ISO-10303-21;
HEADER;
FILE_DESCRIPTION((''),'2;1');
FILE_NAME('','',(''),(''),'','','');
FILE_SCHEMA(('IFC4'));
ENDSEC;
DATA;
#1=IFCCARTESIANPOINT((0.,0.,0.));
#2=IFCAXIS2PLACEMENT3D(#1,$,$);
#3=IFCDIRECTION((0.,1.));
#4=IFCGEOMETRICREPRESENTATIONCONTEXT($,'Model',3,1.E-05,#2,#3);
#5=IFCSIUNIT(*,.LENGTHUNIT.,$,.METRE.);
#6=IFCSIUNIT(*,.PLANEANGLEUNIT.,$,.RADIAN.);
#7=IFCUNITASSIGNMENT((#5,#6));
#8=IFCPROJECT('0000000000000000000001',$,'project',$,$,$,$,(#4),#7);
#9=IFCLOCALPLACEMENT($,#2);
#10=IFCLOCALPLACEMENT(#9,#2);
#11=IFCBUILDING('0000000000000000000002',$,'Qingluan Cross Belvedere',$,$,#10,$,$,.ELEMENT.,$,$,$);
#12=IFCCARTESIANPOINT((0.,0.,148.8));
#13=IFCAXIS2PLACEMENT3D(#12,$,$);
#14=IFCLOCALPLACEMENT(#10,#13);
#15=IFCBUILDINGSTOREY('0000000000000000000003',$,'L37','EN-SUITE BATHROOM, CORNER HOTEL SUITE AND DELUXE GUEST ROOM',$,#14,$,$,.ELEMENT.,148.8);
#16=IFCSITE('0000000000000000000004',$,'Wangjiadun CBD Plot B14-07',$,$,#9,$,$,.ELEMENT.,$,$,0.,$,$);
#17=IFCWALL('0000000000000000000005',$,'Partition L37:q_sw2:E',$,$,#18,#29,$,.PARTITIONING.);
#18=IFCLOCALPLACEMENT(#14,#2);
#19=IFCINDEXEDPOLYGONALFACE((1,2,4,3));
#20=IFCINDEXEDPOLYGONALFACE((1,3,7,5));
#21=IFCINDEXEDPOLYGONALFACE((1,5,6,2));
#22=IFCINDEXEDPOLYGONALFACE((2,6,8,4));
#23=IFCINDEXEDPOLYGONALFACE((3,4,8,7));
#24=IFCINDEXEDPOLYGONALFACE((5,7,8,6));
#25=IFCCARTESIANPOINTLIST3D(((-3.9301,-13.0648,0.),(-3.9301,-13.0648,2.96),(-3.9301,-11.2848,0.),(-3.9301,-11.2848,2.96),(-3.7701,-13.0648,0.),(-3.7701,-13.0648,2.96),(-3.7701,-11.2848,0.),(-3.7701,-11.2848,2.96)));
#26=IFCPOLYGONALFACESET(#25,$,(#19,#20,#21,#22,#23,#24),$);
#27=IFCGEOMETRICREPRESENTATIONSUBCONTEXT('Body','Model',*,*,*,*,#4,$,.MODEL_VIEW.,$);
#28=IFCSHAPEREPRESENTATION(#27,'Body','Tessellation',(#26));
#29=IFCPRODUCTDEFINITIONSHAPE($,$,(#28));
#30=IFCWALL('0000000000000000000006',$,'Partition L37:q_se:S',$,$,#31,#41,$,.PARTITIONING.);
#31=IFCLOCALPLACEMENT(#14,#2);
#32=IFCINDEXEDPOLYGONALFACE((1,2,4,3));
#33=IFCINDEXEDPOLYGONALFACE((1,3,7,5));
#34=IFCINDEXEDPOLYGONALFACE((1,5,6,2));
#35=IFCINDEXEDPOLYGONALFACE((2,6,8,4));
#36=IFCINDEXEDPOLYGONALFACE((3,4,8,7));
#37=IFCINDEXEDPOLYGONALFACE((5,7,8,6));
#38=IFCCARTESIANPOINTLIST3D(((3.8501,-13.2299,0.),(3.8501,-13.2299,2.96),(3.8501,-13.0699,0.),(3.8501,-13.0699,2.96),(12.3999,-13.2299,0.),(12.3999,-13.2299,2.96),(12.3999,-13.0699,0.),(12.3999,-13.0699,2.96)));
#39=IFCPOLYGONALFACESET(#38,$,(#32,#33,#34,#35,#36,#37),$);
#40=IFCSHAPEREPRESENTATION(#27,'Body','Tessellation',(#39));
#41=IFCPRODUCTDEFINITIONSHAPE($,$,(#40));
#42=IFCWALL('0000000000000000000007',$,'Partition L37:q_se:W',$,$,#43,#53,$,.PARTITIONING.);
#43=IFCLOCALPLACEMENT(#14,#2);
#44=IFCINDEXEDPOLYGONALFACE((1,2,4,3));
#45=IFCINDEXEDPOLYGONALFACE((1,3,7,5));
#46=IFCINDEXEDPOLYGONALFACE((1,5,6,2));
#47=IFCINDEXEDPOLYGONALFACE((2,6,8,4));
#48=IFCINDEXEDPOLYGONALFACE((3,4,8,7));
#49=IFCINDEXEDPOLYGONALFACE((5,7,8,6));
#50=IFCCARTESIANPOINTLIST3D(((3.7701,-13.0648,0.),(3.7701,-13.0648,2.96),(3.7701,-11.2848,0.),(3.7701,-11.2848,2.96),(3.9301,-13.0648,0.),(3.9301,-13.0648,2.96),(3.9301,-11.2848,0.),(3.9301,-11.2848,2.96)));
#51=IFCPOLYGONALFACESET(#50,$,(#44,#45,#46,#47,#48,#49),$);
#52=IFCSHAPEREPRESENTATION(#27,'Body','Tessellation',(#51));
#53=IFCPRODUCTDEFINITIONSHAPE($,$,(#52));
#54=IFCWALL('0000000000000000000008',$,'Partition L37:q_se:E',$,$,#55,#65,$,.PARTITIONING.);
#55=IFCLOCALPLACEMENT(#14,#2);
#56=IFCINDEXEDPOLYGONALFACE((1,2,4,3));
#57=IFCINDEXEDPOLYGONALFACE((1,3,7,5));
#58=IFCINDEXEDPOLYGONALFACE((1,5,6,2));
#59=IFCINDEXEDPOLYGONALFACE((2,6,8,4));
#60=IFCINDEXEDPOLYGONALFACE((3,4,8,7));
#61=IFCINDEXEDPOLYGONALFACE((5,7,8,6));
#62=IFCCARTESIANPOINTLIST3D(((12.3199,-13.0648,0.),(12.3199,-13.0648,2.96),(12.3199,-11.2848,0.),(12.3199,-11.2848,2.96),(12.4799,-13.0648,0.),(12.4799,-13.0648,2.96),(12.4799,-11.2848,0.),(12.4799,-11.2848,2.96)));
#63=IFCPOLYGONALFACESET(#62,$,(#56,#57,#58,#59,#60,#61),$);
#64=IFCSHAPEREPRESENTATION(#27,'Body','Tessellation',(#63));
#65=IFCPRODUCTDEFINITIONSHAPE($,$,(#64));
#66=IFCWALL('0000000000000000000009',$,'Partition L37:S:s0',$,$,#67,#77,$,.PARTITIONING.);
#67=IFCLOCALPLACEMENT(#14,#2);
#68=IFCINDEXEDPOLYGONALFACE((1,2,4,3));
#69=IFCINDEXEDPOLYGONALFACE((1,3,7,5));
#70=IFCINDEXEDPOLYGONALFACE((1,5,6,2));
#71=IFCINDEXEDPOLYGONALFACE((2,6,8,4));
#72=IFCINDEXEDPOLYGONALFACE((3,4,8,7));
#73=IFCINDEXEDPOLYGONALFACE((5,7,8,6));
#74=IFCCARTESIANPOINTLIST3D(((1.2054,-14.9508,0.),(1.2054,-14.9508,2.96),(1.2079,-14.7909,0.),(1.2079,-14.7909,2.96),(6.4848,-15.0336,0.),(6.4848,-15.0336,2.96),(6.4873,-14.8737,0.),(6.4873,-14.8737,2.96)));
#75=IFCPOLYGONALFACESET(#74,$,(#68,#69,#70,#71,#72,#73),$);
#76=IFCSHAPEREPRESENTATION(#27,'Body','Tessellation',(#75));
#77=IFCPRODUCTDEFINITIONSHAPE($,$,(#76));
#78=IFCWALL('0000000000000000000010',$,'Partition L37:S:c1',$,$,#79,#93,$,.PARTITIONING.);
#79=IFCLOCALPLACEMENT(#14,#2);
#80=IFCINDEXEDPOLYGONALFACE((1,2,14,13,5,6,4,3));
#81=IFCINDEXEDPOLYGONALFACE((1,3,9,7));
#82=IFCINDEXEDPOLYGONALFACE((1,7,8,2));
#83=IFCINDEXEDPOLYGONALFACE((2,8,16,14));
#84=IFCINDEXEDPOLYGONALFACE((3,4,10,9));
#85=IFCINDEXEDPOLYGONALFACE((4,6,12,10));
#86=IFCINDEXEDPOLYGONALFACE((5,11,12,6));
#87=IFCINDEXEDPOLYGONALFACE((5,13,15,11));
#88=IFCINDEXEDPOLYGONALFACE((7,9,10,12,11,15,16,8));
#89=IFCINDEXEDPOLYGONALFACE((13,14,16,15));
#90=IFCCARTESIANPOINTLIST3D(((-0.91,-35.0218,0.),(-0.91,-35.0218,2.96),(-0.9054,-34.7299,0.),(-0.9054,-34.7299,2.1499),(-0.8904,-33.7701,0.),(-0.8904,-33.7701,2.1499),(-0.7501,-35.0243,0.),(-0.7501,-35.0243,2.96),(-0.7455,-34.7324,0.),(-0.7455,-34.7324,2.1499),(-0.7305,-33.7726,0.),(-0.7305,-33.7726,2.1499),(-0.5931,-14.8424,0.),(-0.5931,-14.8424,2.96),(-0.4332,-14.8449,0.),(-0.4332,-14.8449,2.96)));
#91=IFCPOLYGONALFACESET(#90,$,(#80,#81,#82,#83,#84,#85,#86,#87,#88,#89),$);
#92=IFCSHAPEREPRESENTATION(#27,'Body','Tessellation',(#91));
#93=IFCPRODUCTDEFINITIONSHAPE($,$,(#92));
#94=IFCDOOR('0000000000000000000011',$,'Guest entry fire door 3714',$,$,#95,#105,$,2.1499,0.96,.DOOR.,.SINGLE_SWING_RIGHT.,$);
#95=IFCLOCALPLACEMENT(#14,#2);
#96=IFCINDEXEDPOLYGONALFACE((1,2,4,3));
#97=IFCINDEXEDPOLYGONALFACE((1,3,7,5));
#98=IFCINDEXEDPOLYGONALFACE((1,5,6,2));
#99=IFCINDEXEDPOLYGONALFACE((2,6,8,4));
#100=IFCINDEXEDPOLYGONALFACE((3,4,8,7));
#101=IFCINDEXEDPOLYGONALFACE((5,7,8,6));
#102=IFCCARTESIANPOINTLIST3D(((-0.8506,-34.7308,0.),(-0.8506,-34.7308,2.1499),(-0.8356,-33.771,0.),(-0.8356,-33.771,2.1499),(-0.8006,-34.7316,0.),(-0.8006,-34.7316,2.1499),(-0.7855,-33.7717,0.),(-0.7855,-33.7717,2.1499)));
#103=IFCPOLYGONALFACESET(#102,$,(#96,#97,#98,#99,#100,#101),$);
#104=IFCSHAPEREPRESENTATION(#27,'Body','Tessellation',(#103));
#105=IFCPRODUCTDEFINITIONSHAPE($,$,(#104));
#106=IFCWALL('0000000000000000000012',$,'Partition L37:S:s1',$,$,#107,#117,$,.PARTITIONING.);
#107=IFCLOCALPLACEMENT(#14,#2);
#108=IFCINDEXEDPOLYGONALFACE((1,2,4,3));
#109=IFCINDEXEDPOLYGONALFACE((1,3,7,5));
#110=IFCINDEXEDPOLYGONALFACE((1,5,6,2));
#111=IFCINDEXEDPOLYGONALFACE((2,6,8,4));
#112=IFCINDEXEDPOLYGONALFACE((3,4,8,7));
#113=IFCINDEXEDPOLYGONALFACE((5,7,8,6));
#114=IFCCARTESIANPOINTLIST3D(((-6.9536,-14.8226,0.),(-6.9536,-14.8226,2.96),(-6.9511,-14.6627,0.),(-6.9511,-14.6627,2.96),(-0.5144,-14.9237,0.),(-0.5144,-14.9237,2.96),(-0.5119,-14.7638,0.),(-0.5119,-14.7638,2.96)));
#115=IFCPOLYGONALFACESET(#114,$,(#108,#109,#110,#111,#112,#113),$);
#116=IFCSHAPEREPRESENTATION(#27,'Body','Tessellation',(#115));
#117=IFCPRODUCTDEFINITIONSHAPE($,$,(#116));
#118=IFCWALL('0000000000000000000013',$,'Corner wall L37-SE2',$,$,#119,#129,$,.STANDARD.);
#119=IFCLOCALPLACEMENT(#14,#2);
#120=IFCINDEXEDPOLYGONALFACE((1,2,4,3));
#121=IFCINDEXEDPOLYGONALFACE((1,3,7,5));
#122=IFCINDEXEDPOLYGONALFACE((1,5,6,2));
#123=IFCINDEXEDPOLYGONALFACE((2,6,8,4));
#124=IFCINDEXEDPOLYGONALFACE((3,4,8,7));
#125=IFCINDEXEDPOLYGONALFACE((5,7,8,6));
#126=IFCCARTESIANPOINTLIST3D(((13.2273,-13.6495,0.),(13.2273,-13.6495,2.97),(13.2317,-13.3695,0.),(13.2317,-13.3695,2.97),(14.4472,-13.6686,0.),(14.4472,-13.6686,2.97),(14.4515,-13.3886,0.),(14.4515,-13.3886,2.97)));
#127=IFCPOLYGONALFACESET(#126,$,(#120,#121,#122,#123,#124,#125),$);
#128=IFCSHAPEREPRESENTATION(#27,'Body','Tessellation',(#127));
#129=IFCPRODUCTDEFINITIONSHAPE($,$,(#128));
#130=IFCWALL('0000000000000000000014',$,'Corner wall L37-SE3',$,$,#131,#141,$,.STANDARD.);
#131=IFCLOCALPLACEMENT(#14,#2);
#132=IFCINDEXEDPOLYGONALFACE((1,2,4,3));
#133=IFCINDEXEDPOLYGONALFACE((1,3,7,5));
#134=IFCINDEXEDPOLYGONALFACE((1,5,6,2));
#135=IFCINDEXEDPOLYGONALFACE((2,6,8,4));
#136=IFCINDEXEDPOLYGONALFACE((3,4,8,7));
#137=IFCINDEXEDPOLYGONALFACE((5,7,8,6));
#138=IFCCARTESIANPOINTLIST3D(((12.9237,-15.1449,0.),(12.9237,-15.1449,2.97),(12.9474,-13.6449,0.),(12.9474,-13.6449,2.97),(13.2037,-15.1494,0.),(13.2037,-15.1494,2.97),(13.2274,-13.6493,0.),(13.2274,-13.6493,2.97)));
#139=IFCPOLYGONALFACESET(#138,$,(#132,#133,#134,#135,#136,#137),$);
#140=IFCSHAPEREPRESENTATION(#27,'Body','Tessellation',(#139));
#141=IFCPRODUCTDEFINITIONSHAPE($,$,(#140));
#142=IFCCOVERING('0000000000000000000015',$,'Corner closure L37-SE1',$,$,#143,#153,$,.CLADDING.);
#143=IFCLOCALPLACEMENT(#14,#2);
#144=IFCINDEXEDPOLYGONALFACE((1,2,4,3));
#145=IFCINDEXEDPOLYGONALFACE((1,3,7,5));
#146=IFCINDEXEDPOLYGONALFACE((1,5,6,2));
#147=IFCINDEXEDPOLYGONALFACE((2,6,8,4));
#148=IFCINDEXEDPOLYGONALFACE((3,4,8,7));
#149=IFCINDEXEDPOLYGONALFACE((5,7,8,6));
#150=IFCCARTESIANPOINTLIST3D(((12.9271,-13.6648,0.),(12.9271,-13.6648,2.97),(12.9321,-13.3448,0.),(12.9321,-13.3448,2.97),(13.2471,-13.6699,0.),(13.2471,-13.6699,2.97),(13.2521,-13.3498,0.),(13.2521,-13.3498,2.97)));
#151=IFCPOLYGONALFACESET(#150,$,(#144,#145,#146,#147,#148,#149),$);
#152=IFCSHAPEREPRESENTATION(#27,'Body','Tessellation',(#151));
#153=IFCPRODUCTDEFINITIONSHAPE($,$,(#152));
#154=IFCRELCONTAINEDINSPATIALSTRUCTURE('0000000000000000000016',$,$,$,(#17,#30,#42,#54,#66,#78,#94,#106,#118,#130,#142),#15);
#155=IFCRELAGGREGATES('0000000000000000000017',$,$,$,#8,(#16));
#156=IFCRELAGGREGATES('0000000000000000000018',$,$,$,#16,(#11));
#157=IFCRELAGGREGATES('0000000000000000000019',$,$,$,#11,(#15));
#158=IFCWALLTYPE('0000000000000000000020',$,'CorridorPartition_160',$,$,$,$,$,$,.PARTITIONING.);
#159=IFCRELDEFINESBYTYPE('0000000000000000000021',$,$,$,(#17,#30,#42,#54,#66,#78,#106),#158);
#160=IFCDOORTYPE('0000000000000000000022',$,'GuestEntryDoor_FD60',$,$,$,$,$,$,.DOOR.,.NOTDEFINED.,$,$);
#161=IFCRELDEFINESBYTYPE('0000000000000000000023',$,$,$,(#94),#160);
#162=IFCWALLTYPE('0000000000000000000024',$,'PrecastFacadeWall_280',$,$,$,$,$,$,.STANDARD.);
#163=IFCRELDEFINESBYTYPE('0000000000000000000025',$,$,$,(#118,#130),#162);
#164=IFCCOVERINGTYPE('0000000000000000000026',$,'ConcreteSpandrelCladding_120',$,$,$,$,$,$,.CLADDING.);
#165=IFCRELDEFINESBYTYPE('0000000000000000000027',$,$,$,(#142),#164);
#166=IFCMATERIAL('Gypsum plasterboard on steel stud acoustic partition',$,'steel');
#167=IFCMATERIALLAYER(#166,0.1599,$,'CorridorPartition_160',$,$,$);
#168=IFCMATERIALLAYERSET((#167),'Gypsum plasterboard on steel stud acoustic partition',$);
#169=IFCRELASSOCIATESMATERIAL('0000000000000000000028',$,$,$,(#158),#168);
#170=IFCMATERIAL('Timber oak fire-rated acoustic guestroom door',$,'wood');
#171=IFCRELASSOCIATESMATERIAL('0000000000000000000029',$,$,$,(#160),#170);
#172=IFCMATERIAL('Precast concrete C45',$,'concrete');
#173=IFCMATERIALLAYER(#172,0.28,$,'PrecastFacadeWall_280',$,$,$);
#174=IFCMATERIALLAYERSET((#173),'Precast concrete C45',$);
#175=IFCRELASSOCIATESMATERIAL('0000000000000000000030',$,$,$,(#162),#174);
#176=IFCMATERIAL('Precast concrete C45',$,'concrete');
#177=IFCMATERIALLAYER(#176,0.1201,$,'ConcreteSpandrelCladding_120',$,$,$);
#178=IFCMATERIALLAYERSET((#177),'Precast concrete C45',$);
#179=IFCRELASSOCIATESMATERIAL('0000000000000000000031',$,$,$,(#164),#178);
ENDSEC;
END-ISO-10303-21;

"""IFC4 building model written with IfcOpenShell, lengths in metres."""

from ifc_helpers import new_model, si_unit, direction, frame, frame_2d, origin, origin_2d, place, context, subcontext, project, spatial, rectangle, extrude, material, layer, layer_set, type_object, element, fill, save


model = new_model("IFC4")

# Units and contexts
model_context = context("Model", 3, precision=1e-05, world=origin(), true_north=direction((0.0, 1.0)))
body_context = subcontext(model_context, "Body", "Model", "MODEL_VIEW")
ifc_project = project(units=[si_unit("LENGTHUNIT", "METRE"), si_unit("PLANEANGLEUNIT", "RADIAN")], contexts=[model_context])

# Site, building, storey
site_placement = place(None, origin())
site = spatial("IfcSite", under=ifc_project, at=site_placement, Name="Wangjiadun CBD Plot B14-07", CompositionType="ELEMENT", RefElevation=0.0)
building_placement = place(site_placement, origin())
building = spatial("IfcBuilding", under=site, at=building_placement, Name="Qingluan Cross Belvedere", CompositionType="ELEMENT")
storey_placement = place(building_placement, frame((0.0, 0.0, 148.8)))
storey = spatial("IfcBuildingStorey", under=building, at=storey_placement, Name="L37", Description="EN-SUITE BATHROOM, CORNER HOTEL SUITE AND DELUXE GUEST ROOM", CompositionType="ELEMENT", Elevation=148.8)

# Walls
ifc_material_1 = material(Name="Gypsum plasterboard on steel stud acoustic partition", Category="steel")
ifc_layer_1 = layer(ifc_material_1, 0.1599, Name="CorridorPartition_160")
ifc_layer_set_1 = layer_set([ifc_layer_1], Name="Gypsum plasterboard on steel stud acoustic partition")
wall_type_1 = type_object("IfcWallType", Name="CorridorPartition_160", PredefinedType="PARTITIONING", material=ifc_layer_set_1)
wall_1_placement = place(storey_placement, frame((-3.8501, -13.0649, 0.0), z_axis=(0.0, 0.0, 1.0), x_axis=(0.0, 1.0, 0.0)))
element("IfcWall", 1, at=wall_1_placement, inside=storey, type_object=wall_type_1, Name="Partition L37:q_sw2:E", PredefinedType="PARTITIONING", context=body_context, shape_type="SweptSolid", body=[
    extrude(rectangle(XDim=1.78, YDim=0.1599, at=frame_2d((0.8901, 0.0))), origin(), (0.0, 0.0, 1.0), 2.96),
])
wall_2_placement = place(storey_placement, frame((3.8501, -13.1499, 0.0), z_axis=(0.0, 0.0, 1.0), x_axis=(1.0, 0.0, 0.0)))
element("IfcWall", 2, at=wall_2_placement, inside=storey, type_object=wall_type_1, Name="Partition L37:q_se:S", PredefinedType="PARTITIONING", context=body_context, shape_type="SweptSolid", body=[
    extrude(rectangle(XDim=8.5498, YDim=0.1599, at=frame_2d((4.2749, 0.0))), origin(), (0.0, 0.0, 1.0), 2.96),
])
for number, where, z_axis, x_axis, name in (
    (3, (3.8501, -13.0649, 0.0), (0.0, 0.0, 1.0), (0.0, 1.0, 0.0), "Partition L37:q_se:W"),
    (4, (12.3999, -13.0649, 0.0), (0.0, 0.0, 1.0), (0.0, 1.0, 0.0), "Partition L37:q_se:E"),
):
    element("IfcWall", number, at=place(storey_placement, frame(where, z_axis=z_axis, x_axis=x_axis)), inside=storey, type_object=wall_type_1, Name=name, PredefinedType="PARTITIONING", context=body_context, shape_type="SweptSolid", body=[
        extrude(rectangle(XDim=1.78, YDim=0.1599, at=frame_2d((0.8901, 0.0))), origin(), (0.0, 0.0, 1.0), 2.96),
    ])
wall_3_placement = place(storey_placement, frame((1.2065, -14.8708, 0.0), z_axis=(0.0, 0.0, 1.0), x_axis=(0.999877, -0.015675, 0.0)))
element("IfcWall", 5, at=wall_3_placement, inside=storey, type_object=wall_type_1, Name="Partition L37:S:s0", PredefinedType="PARTITIONING", context=body_context, shape_type="SweptSolid", body=[
    extrude(rectangle(XDim=5.28, YDim=0.1599, at=frame_2d((2.6401, 0.0))), origin(), (0.0, 0.0, 1.0), 2.96),
])

# Wall, opening, door
wall_4_placement = place(storey_placement, frame((-0.5132, -14.8438, 0.0), z_axis=(0.0, 0.0, 1.0), x_axis=(-0.015702, -0.999877, 0.0)))
wall_4 = element("IfcWall", 6, at=wall_4_placement, inside=storey, type_object=wall_type_1, Name="Partition L37:S:c1", PredefinedType="PARTITIONING", context=body_context, shape_type="SweptSolid", body=[
    extrude(rectangle(XDim=20.1819, YDim=0.1599, at=frame_2d((10.0908, 0.0))), origin(), (0.0, 0.0, 1.0), 2.96),
])
opening_placement = place(wall_4_placement, frame((18.9299, 0.0, 0.0)))
opening = element("IfcOpeningElement", 7, at=opening_placement, cuts=wall_4, PredefinedType="OPENING", context=body_context, shape_type="SweptSolid", body=[
    extrude(rectangle(XDim=0.96, YDim=2.1499, at=frame_2d((0.48, 1.075))), frame((0.0, 0.0898, 0.0), z_axis=(0.0, -1.0, 0.0), x_axis=(1.0, 0.0, 0.0)), (0.0, 0.0, 1.0), 0.1799),
])
ifc_material_2 = material(Name="Timber oak fire-rated acoustic guestroom door", Category="wood")
door_type = type_object("IfcDoorType", Name="GuestEntryDoor_FD60", OperationType="NOTDEFINED", PredefinedType="DOOR", material=ifc_material_2)
door_placement = place(opening_placement, origin())
door = element("IfcDoor", 8, at=door_placement, inside=storey, type_object=door_type, Name="Guest entry fire door 3714", OperationType="SINGLE_SWING_RIGHT", OverallHeight=2.1499, OverallWidth=0.96, PredefinedType="DOOR", context=body_context, shape_type="SweptSolid", body=[
    extrude(rectangle(XDim=0.96, YDim=2.1499, at=frame_2d((0.48, 1.075))), frame((0.0, 0.0249, 0.0), z_axis=(0.0, -1.0, 0.0), x_axis=(1.0, 0.0, 0.0)), (0.0, 0.0, 1.0), 0.05),
])
fill(opening, door)

# Walls
wall_5_placement = place(storey_placement, frame((-0.5132, -14.8438, 0.0), z_axis=(0.0, 0.0, 1.0), x_axis=(-0.999877, 0.015695, 0.0)))
element("IfcWall", 9, at=wall_5_placement, inside=storey, type_object=wall_type_1, Name="Partition L37:S:s1", PredefinedType="PARTITIONING", context=body_context, shape_type="SweptSolid", body=[
    extrude(rectangle(XDim=6.4399, YDim=0.1599, at=frame_2d((3.22, 0.0))), origin(), (0.0, 0.0, 1.0), 2.96),
])
ifc_material_3 = material(Name="Precast concrete C45", Category="concrete")
ifc_layer_2 = layer(ifc_material_3, 0.28, Name="PrecastFacadeWall_280")
ifc_layer_set_2 = layer_set([ifc_layer_2], Name="Precast concrete C45")
wall_type_2 = type_object("IfcWallType", Name="PrecastFacadeWall_280", PredefinedType="STANDARD", material=ifc_layer_set_2)
wall_6_placement = place(storey_placement, frame((14.4492, -13.5286, 0.0), z_axis=(0.0, 0.0, 1.0), x_axis=(-0.999878, 0.015611, 0.0)))
element("IfcWall", 10, at=wall_6_placement, inside=storey, type_object=wall_type_2, Name="Corner wall L37-SE2", PredefinedType="STANDARD", context=body_context, shape_type="SweptSolid", body=[
    extrude(rectangle(XDim=1.22, YDim=0.28, at=frame_2d((0.6099, 0.0))), origin(), (0.0, 0.0, 1.0), 2.97),
])
wall_7_placement = place(storey_placement, frame((13.0874, -13.6472, 0.0), z_axis=(0.0, 0.0, 1.0), x_axis=(-0.015786, -0.999875, 0.0)))
element("IfcWall", 11, at=wall_7_placement, inside=storey, type_object=wall_type_2, Name="Corner wall L37-SE3", PredefinedType="STANDARD", context=body_context, shape_type="SweptSolid", body=[
    extrude(rectangle(XDim=1.5002, YDim=0.28, at=frame_2d((0.75, 0.0))), origin(), (0.0, 0.0, 1.0), 2.97),
])

# Covering
ifc_material_4 = material(Name="Precast concrete C45", Category="concrete")
ifc_layer_3 = layer(ifc_material_4, 0.1201, Name="ConcreteSpandrelCladding_120")
ifc_layer_set_3 = layer_set([ifc_layer_3], Name="Precast concrete C45")
covering_type = type_object("IfcCoveringType", Name="ConcreteSpandrelCladding_120", PredefinedType="CLADDING", material=ifc_layer_set_3)
covering_placement = place(storey_placement, frame((13.0896, -13.5073, 0.0), z_axis=(0.0, 0.0, 1.0), x_axis=(0.999877, -0.015707, 0.0)))
element("IfcCovering", 12, at=covering_placement, inside=storey, type_object=covering_type, Name="Corner closure L37-SE1", PredefinedType="CLADDING", context=body_context, shape_type="SweptSolid", body=[
    extrude(rectangle(XDim=0.3201, YDim=0.3201, at=origin_2d()), origin(), (0.0, 0.0, 1.0), 2.97),
])

save(model, "model.ifc")
